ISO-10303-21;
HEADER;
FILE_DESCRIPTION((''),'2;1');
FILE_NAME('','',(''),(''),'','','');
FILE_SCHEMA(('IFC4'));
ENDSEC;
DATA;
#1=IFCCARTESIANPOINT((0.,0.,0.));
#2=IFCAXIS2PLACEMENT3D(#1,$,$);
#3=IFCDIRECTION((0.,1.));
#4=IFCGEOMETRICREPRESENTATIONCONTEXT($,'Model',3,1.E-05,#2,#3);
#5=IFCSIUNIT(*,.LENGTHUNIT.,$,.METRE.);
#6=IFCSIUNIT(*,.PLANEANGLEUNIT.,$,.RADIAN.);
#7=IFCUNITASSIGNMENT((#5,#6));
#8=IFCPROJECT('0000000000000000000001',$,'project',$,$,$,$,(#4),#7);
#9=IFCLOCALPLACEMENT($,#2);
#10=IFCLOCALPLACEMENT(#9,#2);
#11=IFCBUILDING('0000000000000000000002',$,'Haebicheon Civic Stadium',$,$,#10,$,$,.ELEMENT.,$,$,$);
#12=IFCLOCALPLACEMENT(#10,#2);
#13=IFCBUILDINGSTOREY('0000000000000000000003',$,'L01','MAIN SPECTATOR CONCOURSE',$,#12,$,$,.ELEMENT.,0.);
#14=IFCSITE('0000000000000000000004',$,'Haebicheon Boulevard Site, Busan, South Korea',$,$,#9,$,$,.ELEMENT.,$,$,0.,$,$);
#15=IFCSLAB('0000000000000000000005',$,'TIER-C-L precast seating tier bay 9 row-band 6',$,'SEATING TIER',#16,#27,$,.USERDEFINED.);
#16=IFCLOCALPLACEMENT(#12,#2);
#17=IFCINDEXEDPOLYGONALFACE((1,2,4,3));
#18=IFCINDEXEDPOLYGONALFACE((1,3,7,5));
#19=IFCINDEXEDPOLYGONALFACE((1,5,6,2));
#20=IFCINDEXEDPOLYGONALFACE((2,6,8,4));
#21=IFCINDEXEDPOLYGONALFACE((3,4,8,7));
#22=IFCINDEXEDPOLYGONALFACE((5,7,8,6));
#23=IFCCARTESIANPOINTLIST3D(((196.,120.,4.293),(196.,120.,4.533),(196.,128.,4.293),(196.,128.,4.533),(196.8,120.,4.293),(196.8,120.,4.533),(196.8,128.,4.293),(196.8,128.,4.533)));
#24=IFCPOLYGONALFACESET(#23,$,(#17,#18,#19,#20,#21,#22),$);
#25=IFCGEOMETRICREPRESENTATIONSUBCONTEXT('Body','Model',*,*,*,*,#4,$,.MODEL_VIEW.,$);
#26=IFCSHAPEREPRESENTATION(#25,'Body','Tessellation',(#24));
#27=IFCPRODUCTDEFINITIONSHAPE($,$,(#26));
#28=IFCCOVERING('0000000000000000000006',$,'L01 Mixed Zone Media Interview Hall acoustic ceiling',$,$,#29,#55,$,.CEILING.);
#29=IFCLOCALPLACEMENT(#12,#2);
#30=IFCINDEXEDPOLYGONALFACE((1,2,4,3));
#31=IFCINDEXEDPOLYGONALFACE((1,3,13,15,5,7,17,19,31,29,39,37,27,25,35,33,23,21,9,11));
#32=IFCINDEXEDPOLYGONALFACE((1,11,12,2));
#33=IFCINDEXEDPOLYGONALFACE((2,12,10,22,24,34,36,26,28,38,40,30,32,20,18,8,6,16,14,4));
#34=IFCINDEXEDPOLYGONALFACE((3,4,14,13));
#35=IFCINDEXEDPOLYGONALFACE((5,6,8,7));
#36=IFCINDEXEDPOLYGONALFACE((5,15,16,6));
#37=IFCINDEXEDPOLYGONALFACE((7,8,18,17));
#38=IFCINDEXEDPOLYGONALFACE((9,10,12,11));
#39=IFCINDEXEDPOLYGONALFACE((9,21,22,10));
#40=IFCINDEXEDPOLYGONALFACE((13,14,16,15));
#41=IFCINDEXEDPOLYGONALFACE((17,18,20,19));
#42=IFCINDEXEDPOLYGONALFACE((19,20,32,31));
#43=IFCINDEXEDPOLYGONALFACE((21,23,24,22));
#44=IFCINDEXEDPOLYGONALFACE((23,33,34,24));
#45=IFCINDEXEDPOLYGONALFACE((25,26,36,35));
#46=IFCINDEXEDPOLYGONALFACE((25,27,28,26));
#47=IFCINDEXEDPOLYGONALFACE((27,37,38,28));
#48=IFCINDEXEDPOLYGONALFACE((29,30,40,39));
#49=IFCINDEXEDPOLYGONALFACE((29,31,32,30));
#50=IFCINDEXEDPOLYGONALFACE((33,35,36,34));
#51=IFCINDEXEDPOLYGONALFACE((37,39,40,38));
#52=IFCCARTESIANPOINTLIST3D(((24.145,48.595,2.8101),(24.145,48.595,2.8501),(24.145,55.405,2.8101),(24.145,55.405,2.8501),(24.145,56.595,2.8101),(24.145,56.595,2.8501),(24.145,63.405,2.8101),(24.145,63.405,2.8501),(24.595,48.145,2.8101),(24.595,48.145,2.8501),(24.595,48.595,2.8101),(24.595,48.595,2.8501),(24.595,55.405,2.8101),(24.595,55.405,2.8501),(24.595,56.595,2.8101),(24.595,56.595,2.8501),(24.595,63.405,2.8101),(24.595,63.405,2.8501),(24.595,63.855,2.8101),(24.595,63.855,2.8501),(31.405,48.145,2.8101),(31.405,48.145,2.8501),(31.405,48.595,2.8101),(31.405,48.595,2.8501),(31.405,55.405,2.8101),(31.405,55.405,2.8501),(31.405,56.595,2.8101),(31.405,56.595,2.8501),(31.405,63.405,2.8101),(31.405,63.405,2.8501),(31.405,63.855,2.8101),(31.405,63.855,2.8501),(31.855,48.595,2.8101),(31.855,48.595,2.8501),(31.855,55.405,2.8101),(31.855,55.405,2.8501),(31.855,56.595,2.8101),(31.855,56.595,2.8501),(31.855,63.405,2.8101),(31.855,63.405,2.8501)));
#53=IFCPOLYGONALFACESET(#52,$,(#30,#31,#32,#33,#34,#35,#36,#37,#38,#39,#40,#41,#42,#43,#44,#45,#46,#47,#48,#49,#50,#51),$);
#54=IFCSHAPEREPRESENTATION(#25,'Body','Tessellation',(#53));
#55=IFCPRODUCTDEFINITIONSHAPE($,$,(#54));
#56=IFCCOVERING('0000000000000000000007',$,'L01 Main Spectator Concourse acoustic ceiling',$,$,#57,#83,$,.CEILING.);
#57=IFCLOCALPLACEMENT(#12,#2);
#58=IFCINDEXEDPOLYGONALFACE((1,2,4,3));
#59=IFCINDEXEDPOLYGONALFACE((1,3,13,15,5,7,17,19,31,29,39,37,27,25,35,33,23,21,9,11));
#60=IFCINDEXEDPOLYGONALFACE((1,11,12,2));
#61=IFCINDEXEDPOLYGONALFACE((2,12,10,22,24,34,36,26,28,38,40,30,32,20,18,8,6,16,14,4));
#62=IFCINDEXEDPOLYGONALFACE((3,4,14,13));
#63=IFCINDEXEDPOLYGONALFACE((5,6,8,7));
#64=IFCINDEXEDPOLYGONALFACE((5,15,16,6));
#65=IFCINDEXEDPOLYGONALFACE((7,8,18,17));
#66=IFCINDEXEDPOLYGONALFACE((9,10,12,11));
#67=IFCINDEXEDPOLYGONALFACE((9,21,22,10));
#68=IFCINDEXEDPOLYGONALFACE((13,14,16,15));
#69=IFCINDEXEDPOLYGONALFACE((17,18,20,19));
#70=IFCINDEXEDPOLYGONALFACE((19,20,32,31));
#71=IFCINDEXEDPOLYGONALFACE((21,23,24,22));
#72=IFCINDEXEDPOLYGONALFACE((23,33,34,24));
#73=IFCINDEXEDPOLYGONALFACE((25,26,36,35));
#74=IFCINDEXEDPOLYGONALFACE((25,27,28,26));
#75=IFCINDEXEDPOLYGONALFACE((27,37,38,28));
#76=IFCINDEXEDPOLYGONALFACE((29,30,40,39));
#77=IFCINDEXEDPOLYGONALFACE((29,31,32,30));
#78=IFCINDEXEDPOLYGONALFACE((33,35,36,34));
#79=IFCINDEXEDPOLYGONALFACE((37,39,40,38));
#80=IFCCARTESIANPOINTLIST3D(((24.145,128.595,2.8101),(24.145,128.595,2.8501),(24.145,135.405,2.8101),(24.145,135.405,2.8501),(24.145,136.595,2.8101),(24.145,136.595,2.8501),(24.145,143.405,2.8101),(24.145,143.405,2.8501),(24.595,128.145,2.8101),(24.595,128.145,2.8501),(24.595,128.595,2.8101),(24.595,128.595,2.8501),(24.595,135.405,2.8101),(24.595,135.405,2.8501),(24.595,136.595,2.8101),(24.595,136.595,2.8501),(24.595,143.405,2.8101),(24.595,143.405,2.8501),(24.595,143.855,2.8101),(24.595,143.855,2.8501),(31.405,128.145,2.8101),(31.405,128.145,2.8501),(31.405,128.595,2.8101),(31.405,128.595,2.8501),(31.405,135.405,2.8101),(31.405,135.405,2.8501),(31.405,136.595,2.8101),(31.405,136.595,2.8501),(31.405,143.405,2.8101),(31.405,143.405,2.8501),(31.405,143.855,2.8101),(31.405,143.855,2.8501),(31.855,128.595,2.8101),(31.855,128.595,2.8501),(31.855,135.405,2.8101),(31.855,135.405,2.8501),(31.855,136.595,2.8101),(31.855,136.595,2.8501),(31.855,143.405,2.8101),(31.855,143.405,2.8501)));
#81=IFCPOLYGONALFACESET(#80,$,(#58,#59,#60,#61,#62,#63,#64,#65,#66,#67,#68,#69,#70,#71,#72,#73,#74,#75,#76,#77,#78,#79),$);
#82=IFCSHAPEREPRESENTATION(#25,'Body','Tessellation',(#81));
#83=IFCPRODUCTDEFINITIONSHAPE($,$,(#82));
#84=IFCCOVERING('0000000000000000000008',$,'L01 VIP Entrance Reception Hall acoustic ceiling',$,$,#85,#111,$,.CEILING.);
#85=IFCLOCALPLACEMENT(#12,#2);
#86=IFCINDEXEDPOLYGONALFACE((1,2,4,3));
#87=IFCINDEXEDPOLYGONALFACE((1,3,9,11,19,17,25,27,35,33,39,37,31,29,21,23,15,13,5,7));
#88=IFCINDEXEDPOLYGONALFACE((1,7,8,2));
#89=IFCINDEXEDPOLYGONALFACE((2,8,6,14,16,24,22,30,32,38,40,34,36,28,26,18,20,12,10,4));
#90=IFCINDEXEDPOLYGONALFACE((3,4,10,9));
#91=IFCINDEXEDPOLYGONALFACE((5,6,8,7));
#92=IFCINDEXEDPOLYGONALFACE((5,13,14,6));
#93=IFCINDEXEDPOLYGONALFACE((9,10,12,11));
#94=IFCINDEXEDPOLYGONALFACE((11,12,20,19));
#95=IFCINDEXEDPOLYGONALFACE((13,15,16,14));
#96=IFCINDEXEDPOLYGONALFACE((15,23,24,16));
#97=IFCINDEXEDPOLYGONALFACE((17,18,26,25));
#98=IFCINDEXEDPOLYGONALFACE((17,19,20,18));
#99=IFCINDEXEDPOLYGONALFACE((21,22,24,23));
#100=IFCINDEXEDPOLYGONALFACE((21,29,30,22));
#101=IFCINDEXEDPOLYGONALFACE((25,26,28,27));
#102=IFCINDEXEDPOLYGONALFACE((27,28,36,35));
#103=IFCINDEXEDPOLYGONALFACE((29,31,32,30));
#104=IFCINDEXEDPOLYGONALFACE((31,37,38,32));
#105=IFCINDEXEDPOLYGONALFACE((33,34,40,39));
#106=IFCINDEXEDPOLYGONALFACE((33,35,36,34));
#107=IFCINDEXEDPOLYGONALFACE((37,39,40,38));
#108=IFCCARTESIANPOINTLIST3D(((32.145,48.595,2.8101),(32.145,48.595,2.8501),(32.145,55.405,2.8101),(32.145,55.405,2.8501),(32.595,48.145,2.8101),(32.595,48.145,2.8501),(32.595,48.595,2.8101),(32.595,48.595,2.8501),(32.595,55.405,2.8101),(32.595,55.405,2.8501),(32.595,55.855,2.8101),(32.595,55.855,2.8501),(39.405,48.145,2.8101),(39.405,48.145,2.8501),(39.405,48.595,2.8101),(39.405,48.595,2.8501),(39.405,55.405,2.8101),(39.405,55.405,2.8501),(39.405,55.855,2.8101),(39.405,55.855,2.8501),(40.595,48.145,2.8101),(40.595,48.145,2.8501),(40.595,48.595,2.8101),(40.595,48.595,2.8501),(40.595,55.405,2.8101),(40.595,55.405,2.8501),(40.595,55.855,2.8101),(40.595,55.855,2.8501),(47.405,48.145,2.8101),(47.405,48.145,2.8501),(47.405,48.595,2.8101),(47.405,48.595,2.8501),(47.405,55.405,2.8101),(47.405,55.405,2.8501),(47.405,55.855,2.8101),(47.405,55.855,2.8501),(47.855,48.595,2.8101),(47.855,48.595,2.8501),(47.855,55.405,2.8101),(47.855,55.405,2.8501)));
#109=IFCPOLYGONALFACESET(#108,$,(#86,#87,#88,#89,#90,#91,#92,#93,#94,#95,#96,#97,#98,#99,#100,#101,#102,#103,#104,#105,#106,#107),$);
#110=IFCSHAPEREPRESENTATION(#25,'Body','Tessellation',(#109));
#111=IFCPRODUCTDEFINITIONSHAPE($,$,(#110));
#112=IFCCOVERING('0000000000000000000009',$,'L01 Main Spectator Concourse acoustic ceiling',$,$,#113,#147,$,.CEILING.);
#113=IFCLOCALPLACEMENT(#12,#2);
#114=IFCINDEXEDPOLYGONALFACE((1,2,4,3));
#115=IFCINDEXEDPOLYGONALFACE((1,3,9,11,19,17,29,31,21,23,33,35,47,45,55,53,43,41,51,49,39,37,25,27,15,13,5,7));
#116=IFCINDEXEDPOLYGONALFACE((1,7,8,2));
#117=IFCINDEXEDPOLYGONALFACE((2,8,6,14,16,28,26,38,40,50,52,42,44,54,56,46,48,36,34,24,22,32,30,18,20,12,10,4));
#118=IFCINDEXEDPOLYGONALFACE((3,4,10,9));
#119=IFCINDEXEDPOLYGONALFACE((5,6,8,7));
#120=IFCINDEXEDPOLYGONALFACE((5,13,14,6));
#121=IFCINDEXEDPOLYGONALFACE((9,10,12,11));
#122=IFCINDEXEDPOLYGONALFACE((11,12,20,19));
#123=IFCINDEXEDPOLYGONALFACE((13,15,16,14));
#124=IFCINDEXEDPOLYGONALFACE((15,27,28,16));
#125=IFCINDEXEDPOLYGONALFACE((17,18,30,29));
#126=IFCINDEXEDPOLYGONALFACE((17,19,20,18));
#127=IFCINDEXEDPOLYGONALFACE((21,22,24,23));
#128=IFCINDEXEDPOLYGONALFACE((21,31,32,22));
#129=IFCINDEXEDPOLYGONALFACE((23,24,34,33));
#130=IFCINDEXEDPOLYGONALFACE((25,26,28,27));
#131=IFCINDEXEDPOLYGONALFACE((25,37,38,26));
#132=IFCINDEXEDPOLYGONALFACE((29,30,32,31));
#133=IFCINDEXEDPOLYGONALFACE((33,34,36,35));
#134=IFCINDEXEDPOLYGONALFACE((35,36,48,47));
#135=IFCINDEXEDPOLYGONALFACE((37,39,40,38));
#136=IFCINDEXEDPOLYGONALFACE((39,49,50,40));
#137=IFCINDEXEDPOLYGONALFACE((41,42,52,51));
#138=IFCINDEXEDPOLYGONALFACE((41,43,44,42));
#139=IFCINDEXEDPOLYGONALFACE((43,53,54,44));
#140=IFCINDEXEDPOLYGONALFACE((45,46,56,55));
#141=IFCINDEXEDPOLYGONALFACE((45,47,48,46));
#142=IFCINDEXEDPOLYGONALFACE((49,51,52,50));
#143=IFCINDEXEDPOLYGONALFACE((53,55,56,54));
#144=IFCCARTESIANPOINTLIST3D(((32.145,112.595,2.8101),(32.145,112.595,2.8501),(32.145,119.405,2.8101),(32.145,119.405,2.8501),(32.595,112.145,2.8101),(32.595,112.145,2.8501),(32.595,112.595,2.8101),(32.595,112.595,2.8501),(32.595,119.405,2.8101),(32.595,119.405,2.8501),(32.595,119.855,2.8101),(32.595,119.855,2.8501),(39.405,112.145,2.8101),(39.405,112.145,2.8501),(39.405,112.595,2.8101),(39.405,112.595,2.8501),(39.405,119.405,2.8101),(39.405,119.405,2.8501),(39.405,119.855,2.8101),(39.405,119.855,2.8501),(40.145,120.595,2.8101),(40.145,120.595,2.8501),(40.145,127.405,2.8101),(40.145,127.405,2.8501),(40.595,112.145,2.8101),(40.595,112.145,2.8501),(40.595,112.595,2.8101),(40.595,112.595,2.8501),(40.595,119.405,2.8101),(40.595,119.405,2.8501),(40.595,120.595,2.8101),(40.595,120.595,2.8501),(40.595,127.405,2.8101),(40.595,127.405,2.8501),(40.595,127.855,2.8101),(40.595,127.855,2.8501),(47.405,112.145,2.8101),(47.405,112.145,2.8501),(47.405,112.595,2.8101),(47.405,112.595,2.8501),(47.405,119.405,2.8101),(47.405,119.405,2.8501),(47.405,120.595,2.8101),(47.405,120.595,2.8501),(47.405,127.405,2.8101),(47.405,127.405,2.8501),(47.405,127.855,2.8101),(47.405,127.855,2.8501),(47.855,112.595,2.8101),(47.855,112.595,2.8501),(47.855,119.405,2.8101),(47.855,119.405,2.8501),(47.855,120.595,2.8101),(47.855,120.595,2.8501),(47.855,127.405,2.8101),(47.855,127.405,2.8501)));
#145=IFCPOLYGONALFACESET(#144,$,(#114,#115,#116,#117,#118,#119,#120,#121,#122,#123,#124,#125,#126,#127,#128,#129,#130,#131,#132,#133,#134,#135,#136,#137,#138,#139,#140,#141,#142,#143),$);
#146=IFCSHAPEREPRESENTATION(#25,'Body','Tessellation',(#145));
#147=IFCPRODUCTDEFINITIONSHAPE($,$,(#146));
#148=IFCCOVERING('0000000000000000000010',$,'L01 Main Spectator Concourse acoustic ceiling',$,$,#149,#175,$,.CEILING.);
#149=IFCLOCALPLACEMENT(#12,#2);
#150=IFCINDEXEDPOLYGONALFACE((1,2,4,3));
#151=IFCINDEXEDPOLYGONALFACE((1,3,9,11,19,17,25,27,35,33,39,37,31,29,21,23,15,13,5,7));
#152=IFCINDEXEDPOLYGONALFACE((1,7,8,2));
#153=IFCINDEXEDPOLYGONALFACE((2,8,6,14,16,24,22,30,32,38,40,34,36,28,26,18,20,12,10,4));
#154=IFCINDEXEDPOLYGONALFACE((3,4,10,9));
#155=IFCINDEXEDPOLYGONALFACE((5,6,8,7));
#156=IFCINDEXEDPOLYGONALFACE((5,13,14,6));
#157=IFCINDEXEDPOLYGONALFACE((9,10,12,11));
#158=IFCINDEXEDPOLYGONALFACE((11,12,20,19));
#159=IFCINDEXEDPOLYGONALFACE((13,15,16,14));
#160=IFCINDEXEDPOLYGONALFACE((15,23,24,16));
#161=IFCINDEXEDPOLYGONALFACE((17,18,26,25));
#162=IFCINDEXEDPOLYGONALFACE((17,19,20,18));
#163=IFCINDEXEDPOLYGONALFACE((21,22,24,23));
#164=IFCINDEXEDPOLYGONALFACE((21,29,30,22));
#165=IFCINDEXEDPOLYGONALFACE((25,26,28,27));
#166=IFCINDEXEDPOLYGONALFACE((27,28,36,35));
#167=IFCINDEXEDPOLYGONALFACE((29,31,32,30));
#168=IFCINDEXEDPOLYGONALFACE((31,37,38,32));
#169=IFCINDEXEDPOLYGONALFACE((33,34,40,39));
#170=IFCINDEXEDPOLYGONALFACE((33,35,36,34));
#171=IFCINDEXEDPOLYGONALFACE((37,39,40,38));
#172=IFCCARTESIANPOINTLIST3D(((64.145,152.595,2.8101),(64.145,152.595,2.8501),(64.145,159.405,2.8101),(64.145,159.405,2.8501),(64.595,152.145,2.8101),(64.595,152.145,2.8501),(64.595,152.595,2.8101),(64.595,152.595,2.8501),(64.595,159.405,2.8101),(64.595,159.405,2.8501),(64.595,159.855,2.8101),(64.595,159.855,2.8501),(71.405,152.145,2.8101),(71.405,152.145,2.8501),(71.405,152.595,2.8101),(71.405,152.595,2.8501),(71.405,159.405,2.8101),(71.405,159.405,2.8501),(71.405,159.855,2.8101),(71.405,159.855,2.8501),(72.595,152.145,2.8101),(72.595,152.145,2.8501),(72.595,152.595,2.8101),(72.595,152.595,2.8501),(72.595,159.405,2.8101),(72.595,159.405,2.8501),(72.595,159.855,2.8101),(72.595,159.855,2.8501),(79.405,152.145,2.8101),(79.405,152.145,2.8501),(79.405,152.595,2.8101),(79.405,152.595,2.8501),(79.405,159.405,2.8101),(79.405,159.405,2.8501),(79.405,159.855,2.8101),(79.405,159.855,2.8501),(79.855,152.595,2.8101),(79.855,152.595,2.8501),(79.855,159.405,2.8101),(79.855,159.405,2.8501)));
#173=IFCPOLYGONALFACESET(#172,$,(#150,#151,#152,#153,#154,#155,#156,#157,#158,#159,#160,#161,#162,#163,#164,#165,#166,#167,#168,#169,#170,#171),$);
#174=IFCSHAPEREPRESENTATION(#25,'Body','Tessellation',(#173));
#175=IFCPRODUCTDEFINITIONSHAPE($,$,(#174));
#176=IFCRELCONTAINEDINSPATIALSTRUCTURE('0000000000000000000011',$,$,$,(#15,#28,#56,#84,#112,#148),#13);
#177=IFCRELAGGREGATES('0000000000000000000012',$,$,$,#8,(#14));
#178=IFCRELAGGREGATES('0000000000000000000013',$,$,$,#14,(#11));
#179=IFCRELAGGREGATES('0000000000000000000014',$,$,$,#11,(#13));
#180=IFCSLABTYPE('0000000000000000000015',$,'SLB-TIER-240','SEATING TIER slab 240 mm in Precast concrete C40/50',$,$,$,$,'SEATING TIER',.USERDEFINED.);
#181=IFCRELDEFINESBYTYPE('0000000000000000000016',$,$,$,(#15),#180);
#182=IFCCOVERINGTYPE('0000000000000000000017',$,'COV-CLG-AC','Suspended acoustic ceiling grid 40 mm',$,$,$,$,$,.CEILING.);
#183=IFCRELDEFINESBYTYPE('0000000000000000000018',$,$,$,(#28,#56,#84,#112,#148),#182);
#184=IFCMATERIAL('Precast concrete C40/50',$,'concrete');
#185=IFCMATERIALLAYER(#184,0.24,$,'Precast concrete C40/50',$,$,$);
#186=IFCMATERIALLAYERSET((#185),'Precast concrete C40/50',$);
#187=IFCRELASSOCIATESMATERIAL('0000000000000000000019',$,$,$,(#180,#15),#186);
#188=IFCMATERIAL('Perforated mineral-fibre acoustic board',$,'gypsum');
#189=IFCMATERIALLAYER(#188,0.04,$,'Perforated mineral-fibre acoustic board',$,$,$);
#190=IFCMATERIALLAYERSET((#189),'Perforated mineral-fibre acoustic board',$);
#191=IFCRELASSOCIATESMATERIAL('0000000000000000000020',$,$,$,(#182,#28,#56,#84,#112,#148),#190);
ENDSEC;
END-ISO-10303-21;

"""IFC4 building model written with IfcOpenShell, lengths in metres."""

from ifc_helpers import new_model, si_unit, direction, frame, origin, place, context, subcontext, project, spatial, polyline, outline, extrude, material, layer, layer_set, type_object, element, save


model = new_model("IFC4")

# Units and contexts
model_context = context("Model", 3, precision=1e-05, world=origin(), true_north=direction((0.0, 1.0)))
body_context = subcontext(model_context, "Body", "Model", "MODEL_VIEW")
ifc_project = project(units=[si_unit("LENGTHUNIT", "METRE"), si_unit("PLANEANGLEUNIT", "RADIAN")], contexts=[model_context])

# Site, building, storey
site_placement = place(None, origin())
site = spatial("IfcSite", under=ifc_project, at=site_placement, Name="Haebicheon Boulevard Site, Busan, South Korea", CompositionType="ELEMENT", RefElevation=0.0)
building_placement = place(site_placement, origin())
building = spatial("IfcBuilding", under=site, at=building_placement, Name="Haebicheon Civic Stadium", CompositionType="ELEMENT")
storey_placement = place(building_placement, origin())
storey = spatial("IfcBuildingStorey", under=building, at=storey_placement, Name="L01", Description="MAIN SPECTATOR CONCOURSE", CompositionType="ELEMENT", Elevation=0.0)

# Slab
ifc_material_1 = material(Name="Precast concrete C40/50", Category="concrete")
ifc_layer_1 = layer(ifc_material_1, 0.24, Name="Precast concrete C40/50")
ifc_layer_set_1 = layer_set([ifc_layer_1], Name="Precast concrete C40/50")
slab_type_1 = type_object("IfcSlabType", Name="SLB-TIER-240", Description="SEATING TIER slab 240 mm in Precast concrete C40/50", ElementType="SEATING TIER", PredefinedType="USERDEFINED", material=ifc_layer_set_1)
slab_1_placement = place(storey_placement, frame((0.0, 0.0, 4.293)))
element("IfcSlab", 1, at=slab_1_placement, inside=storey, type_object=slab_type_1, material=ifc_layer_set_1, Name="TIER-C-L precast seating tier bay 9 row-band 6", ObjectType="SEATING TIER", PredefinedType="USERDEFINED", context=body_context, shape_type="SweptSolid", body=[
    extrude(outline(polyline([(196.0, 120.0), (196.8, 120.0), (196.8, 128.0), (196.0, 128.0), (196.0, 120.0)])), origin(), (0.0, 0.0, 1.0), 0.24),
])

# Coverings
ifc_material_2 = material(Name="Perforated mineral-fibre acoustic board", Category="gypsum")
ifc_layer_2 = layer(ifc_material_2, 0.04, Name="Perforated mineral-fibre acoustic board")
ifc_layer_set_2 = layer_set([ifc_layer_2], Name="Perforated mineral-fibre acoustic board")
covering_type = type_object("IfcCoveringType", Name="COV-CLG-AC", Description="Suspended acoustic ceiling grid 40 mm", PredefinedType="CEILING", material=ifc_layer_set_2)
covering_1_placement = place(storey_placement, frame((0.0, 0.0, 2.8101)))
element("IfcCovering", 2, at=covering_1_placement, inside=storey, type_object=covering_type, material=ifc_layer_set_2, Name="L01 Mixed Zone Media Interview Hall acoustic ceiling", PredefinedType="CEILING", context=body_context, shape_type="SweptSolid", body=[
    extrude(outline(polyline([(24.595, 48.145), (24.595, 48.595), (24.145, 48.595), (24.145, 55.405), (24.595, 55.405), (24.595, 56.595), (24.145, 56.595), (24.145, 63.405), (24.595, 63.405), (24.595, 63.855), (31.405, 63.855), (31.405, 63.405), (31.855, 63.405), (31.855, 56.595), (31.405, 56.595), (31.405, 55.405), (31.855, 55.405), (31.855, 48.595), (31.405, 48.595), (31.405, 48.145), (24.595, 48.145)])), origin(), (0.0, 0.0, 1.0), 0.04),
])
covering_2_placement = place(storey_placement, frame((0.0, 0.0, 2.8101)))
element("IfcCovering", 3, at=covering_2_placement, inside=storey, type_object=covering_type, material=ifc_layer_set_2, Name="L01 Main Spectator Concourse acoustic ceiling", PredefinedType="CEILING", context=body_context, shape_type="SweptSolid", body=[
    extrude(outline(polyline([(24.595, 128.145), (24.595, 128.595), (24.145, 128.595), (24.145, 135.405), (24.595, 135.405), (24.595, 136.595), (24.145, 136.595), (24.145, 143.405), (24.595, 143.405), (24.595, 143.855), (31.405, 143.855), (31.405, 143.405), (31.855, 143.405), (31.855, 136.595), (31.405, 136.595), (31.405, 135.405), (31.855, 135.405), (31.855, 128.595), (31.405, 128.595), (31.405, 128.145), (24.595, 128.145)])), origin(), (0.0, 0.0, 1.0), 0.04),
])
covering_3_placement = place(storey_placement, frame((0.0, 0.0, 2.8101)))
element("IfcCovering", 4, at=covering_3_placement, inside=storey, type_object=covering_type, material=ifc_layer_set_2, Name="L01 VIP Entrance Reception Hall acoustic ceiling", PredefinedType="CEILING", context=body_context, shape_type="SweptSolid", body=[
    extrude(outline(polyline([(32.145, 55.405), (32.595, 55.405), (32.595, 55.855), (39.405, 55.855), (39.405, 55.405), (40.595, 55.405), (40.595, 55.855), (47.405, 55.855), (47.405, 55.405), (47.855, 55.405), (47.855, 48.595), (47.405, 48.595), (47.405, 48.145), (40.595, 48.145), (40.595, 48.595), (39.405, 48.595), (39.405, 48.145), (32.595, 48.145), (32.595, 48.595), (32.145, 48.595), (32.145, 55.405)])), origin(), (0.0, 0.0, 1.0), 0.04),
])
covering_4_placement = place(storey_placement, frame((0.0, 0.0, 2.8101)))
element("IfcCovering", 5, at=covering_4_placement, inside=storey, type_object=covering_type, material=ifc_layer_set_2, Name="L01 Main Spectator Concourse acoustic ceiling", PredefinedType="CEILING", context=body_context, shape_type="SweptSolid", body=[
    extrude(outline(polyline([(32.145, 119.405), (32.595, 119.405), (32.595, 119.855), (39.405, 119.855), (39.405, 119.405), (40.595, 119.405), (40.595, 120.595), (40.145, 120.595), (40.145, 127.405), (40.595, 127.405), (40.595, 127.855), (47.405, 127.855), (47.405, 127.405), (47.855, 127.405), (47.855, 120.595), (47.405, 120.595), (47.405, 119.405), (47.855, 119.405), (47.855, 112.595), (47.405, 112.595), (47.405, 112.145), (40.595, 112.145), (40.595, 112.595), (39.405, 112.595), (39.405, 112.145), (32.595, 112.145), (32.595, 112.595), (32.145, 112.595), (32.145, 119.405)])), origin(), (0.0, 0.0, 1.0), 0.04),
])
covering_5_placement = place(storey_placement, frame((0.0, 0.0, 2.8101)))
element("IfcCovering", 6, at=covering_5_placement, inside=storey, type_object=covering_type, material=ifc_layer_set_2, Name="L01 Main Spectator Concourse acoustic ceiling", PredefinedType="CEILING", context=body_context, shape_type="SweptSolid", body=[
    extrude(outline(polyline([(64.145, 159.405), (64.595, 159.405), (64.595, 159.855), (71.405, 159.855), (71.405, 159.405), (72.595, 159.405), (72.595, 159.855), (79.405, 159.855), (79.405, 159.405), (79.855, 159.405), (79.855, 152.595), (79.405, 152.595), (79.405, 152.145), (72.595, 152.145), (72.595, 152.595), (71.405, 152.595), (71.405, 152.145), (64.595, 152.145), (64.595, 152.595), (64.145, 152.595), (64.145, 159.405)])), origin(), (0.0, 0.0, 1.0), 0.04),
])

save(model, "model.ifc")
